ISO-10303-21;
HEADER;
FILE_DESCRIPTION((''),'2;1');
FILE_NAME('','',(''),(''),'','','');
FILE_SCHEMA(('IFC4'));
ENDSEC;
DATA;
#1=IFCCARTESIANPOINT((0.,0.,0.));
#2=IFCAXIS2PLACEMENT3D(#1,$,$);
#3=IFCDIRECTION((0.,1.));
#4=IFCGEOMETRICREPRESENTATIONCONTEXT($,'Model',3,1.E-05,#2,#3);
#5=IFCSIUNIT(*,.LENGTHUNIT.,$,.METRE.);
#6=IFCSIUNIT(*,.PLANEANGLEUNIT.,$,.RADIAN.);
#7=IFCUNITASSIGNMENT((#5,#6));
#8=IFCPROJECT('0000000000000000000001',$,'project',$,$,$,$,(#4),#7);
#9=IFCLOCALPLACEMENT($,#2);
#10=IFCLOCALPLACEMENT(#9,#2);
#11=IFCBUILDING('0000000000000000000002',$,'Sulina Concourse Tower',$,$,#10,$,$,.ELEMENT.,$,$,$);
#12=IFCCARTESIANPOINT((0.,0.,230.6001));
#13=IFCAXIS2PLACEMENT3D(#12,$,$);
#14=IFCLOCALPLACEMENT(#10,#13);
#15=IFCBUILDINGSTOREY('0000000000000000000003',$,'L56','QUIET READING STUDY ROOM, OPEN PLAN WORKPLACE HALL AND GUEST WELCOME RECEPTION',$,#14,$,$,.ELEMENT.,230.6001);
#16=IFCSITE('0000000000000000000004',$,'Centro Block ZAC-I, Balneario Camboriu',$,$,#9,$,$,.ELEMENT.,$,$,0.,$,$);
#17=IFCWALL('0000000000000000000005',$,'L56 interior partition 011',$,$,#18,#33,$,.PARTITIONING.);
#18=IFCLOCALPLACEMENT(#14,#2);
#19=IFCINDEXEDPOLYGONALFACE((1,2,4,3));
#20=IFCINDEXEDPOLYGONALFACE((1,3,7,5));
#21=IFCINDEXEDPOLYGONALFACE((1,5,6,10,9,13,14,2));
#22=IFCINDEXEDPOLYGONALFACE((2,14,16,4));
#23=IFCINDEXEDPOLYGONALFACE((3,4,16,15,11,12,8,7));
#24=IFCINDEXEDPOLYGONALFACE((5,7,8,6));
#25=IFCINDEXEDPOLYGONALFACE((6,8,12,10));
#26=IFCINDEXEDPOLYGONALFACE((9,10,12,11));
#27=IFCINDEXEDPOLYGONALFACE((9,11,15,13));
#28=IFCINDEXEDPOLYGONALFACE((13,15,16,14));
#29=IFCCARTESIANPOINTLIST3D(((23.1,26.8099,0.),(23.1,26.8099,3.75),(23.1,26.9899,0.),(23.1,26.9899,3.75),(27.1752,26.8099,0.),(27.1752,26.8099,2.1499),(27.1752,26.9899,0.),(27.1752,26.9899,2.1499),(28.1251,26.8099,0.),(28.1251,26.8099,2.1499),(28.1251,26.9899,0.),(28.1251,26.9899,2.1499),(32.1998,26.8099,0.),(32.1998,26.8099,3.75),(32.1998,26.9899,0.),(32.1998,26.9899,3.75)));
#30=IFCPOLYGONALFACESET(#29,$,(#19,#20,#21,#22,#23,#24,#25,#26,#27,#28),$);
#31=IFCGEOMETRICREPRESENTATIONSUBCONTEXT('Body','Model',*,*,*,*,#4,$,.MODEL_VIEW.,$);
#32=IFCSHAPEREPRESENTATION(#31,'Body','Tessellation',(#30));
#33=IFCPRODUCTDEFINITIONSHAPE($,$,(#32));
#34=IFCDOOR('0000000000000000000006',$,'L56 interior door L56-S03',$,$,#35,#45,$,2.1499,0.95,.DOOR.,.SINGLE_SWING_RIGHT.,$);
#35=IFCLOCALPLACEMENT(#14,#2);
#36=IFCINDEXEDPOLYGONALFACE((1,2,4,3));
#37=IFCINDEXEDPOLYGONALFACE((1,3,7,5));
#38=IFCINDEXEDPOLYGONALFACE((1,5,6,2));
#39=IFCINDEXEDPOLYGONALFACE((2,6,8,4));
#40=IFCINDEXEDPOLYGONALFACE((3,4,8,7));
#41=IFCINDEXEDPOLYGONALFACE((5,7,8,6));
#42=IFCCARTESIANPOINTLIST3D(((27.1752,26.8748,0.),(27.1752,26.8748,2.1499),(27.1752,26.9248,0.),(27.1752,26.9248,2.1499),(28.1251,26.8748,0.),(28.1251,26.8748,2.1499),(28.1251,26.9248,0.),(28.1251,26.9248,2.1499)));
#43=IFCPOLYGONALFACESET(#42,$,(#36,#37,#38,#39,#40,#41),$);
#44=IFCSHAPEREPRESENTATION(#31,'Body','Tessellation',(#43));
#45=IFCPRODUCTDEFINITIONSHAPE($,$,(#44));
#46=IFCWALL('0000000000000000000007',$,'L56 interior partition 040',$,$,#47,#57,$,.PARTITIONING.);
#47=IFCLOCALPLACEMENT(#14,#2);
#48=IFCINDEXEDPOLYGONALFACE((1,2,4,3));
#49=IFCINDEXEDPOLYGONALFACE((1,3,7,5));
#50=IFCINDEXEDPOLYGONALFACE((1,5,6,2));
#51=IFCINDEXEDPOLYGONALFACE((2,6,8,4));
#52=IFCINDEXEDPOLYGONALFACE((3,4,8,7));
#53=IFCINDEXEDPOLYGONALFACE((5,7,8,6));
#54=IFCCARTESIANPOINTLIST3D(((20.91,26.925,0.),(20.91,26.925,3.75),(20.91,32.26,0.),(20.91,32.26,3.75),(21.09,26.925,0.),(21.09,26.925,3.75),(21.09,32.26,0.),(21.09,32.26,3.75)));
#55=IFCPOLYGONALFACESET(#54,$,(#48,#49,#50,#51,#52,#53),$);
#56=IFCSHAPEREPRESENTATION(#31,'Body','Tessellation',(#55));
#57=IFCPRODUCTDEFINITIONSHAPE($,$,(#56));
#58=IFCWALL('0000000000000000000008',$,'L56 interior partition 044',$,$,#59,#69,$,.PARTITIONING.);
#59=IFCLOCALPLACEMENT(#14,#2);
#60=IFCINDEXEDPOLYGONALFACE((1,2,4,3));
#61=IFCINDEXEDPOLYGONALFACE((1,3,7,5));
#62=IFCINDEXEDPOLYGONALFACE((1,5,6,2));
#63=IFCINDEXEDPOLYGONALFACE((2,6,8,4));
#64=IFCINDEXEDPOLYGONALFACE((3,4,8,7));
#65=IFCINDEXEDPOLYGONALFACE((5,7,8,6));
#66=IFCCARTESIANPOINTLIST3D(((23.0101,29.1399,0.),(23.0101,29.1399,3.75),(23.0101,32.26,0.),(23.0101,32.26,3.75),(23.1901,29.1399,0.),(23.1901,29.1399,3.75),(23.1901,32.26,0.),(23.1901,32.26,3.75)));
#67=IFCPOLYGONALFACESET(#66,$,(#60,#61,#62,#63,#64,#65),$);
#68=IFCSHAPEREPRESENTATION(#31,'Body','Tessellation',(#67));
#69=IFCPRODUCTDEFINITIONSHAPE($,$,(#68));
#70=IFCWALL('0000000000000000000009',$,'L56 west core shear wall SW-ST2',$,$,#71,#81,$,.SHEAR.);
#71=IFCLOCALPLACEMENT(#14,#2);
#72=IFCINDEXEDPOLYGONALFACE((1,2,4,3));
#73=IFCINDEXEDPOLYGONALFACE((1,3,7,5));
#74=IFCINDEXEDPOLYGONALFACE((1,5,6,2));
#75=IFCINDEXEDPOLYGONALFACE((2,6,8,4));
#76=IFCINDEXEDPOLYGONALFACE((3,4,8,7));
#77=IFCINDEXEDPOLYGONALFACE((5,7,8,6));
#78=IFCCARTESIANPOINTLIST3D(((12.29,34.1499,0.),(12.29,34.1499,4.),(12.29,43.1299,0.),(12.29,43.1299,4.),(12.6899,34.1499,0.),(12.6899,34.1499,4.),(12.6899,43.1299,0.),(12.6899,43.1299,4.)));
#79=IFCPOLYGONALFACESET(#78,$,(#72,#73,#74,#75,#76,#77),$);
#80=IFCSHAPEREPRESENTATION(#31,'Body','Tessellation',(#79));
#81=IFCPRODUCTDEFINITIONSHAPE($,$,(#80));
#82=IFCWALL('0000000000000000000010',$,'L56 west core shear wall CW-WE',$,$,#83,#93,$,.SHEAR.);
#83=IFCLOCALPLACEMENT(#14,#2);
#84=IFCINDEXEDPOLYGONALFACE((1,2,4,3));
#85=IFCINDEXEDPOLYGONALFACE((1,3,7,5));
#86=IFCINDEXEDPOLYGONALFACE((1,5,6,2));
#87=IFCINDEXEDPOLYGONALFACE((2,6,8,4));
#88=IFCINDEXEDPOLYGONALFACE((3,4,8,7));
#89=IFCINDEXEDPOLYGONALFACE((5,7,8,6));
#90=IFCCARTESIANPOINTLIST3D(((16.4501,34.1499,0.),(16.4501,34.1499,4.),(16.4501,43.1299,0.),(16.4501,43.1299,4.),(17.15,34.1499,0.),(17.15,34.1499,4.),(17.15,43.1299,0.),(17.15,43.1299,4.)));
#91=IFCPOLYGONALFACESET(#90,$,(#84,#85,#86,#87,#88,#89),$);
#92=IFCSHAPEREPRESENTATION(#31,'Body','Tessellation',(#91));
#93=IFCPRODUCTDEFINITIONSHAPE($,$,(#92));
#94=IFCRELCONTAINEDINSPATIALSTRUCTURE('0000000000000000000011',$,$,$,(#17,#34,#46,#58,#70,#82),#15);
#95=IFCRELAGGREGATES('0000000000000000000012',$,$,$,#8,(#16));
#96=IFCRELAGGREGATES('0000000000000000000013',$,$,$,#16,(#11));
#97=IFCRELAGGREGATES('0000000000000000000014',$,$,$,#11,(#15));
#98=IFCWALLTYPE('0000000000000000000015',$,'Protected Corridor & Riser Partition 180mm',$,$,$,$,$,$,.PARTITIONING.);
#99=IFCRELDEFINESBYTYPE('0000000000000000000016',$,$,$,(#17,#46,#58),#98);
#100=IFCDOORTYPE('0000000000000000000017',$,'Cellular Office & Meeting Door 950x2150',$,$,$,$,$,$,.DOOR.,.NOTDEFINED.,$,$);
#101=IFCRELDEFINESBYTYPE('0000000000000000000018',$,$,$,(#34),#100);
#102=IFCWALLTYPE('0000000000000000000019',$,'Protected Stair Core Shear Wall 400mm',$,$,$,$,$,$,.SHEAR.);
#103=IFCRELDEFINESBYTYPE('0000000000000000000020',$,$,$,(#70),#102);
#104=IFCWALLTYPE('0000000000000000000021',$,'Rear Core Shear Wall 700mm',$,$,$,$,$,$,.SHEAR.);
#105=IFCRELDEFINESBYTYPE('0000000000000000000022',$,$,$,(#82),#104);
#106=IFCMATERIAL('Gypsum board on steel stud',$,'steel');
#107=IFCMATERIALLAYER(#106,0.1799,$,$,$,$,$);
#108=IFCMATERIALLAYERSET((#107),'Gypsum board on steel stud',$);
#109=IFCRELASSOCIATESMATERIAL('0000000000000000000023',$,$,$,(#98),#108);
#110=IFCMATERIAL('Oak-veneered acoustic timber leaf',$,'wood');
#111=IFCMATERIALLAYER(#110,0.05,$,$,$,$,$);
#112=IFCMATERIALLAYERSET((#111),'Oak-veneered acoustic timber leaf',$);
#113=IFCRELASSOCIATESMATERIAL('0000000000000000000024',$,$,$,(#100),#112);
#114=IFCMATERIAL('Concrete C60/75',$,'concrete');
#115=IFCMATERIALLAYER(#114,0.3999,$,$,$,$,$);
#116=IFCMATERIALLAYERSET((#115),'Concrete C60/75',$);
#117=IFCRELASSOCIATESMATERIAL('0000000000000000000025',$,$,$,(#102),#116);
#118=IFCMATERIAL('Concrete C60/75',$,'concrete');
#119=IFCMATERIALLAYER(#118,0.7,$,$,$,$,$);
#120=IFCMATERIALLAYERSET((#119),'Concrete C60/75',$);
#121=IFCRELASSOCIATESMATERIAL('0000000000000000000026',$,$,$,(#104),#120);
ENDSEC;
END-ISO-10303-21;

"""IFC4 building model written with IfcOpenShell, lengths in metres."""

from ifc_helpers import new_model, si_unit, direction, frame, frame_2d, origin, place, context, subcontext, project, spatial, rectangle, extrude, material, layer, layer_set, type_object, element, fill, save


model = new_model("IFC4")

# Units and contexts
model_context = context("Model", 3, precision=1e-05, world=origin(), true_north=direction((0.0, 1.0)))
body_context = subcontext(model_context, "Body", "Model", "MODEL_VIEW")
ifc_project = project(units=[si_unit("LENGTHUNIT", "METRE"), si_unit("PLANEANGLEUNIT", "RADIAN")], contexts=[model_context])

# Site, building, storey
site_placement = place(None, origin())
site = spatial("IfcSite", under=ifc_project, at=site_placement, Name="Centro Block ZAC-I, Balneario Camboriu", CompositionType="ELEMENT", RefElevation=0.0)
building_placement = place(site_placement, origin())
building = spatial("IfcBuilding", under=site, at=building_placement, Name="Sulina Concourse Tower", CompositionType="ELEMENT")
storey_placement = place(building_placement, frame((0.0, 0.0, 230.6001)))
storey = spatial("IfcBuildingStorey", under=building, at=storey_placement, Name="L56", Description="QUIET READING STUDY ROOM, OPEN PLAN WORKPLACE HALL AND GUEST WELCOME RECEPTION", CompositionType="ELEMENT", Elevation=230.6001)

# Wall, opening, door
ifc_material_1 = material(Name="Gypsum board on steel stud", Category="steel")
ifc_layer_1 = layer(ifc_material_1, 0.1799)
ifc_layer_set_1 = layer_set([ifc_layer_1], Name="Gypsum board on steel stud")
wall_type_1 = type_object("IfcWallType", Name="Protected Corridor & Riser Partition 180mm", PredefinedType="PARTITIONING", material=ifc_layer_set_1)
wall_1_placement = place(storey_placement, frame((23.1001, 26.8999, 0.0), z_axis=(0.0, 0.0, 1.0), x_axis=(1.0, 0.0, 0.0)))
wall_1 = element("IfcWall", 1, at=wall_1_placement, inside=storey, type_object=wall_type_1, Name="L56 interior partition 011", PredefinedType="PARTITIONING", context=body_context, shape_type="SweptSolid", body=[
    extrude(rectangle(XDim=9.0999, YDim=0.1799, at=frame_2d((4.5498, 0.0))), origin(), (0.0, 0.0, 1.0), 3.75),
])
opening_1_placement = place(wall_1_placement, frame((4.075, 0.0, 0.0)))
opening_1 = element("IfcOpeningElement", 2, at=opening_1_placement, cuts=wall_1, PredefinedType="OPENING", context=body_context, shape_type="SweptSolid", body=[
    extrude(rectangle(XDim=0.95, YDim=2.1499, at=frame_2d((0.4751, 1.075))), frame((0.0, 0.0999, 0.0), z_axis=(0.0, -1.0, 0.0), x_axis=(1.0, 0.0, 0.0)), (0.0, 0.0, 1.0), 0.2),
])
ifc_material_2 = material(Name="Oak-veneered acoustic timber leaf", Category="wood")
ifc_layer_2 = layer(ifc_material_2, 0.05)
ifc_layer_set_2 = layer_set([ifc_layer_2], Name="Oak-veneered acoustic timber leaf")
door_type_1 = type_object("IfcDoorType", Name="Cellular Office & Meeting Door 950x2150", OperationType="NOTDEFINED", PredefinedType="DOOR", material=ifc_layer_set_2)
door_1_placement = place(opening_1_placement, origin())
door_1 = element("IfcDoor", 3, at=door_1_placement, inside=storey, type_object=door_type_1, Name="L56 interior door L56-S03", OperationType="SINGLE_SWING_RIGHT", OverallHeight=2.1499, OverallWidth=0.95, PredefinedType="DOOR", context=body_context, shape_type="SweptSolid", body=[
    extrude(rectangle(XDim=0.95, YDim=2.1499, at=frame_2d((0.4751, 1.075))), frame((0.0, 0.0249, 0.0), z_axis=(0.0, -1.0, 0.0), x_axis=(1.0, 0.0, 0.0)), (0.0, 0.0, 1.0), 0.05),
])
fill(opening_1, door_1)

# Walls
wall_2_placement = place(storey_placement, frame((21.0, 26.925, 0.0), z_axis=(0.0, 0.0, 1.0), x_axis=(0.0, 1.0, 0.0)))
element("IfcWall", 4, at=wall_2_placement, inside=storey, type_object=wall_type_1, Name="L56 interior partition 040", PredefinedType="PARTITIONING", context=body_context, shape_type="SweptSolid", body=[
    extrude(rectangle(XDim=5.335, YDim=0.1799, at=frame_2d((2.6675, 0.0))), origin(), (0.0, 0.0, 1.0), 3.75),
])
wall_3_placement = place(storey_placement, frame((23.1001, 29.1399, 0.0), z_axis=(0.0, 0.0, 1.0), x_axis=(0.0, 1.0, 0.0)))
element("IfcWall", 5, at=wall_3_placement, inside=storey, type_object=wall_type_1, Name="L56 interior partition 044", PredefinedType="PARTITIONING", context=body_context, shape_type="SweptSolid", body=[
    extrude(rectangle(XDim=3.1201, YDim=0.1799, at=frame_2d((1.5601, 0.0))), origin(), (0.0, 0.0, 1.0), 3.75),
])
ifc_material_3 = material(Name="Concrete C60/75", Category="concrete")
ifc_layer_3 = layer(ifc_material_3, 0.3999)
ifc_layer_set_3 = layer_set([ifc_layer_3], Name="Concrete C60/75")
wall_type_2 = type_object("IfcWallType", Name="Protected Stair Core Shear Wall 400mm", PredefinedType="SHEAR", material=ifc_layer_set_3)
wall_4_placement = place(storey_placement, frame((12.49, 34.1499, 0.0), z_axis=(0.0, 0.0, 1.0), x_axis=(0.0, 1.0, 0.0)))
element("IfcWall", 6, at=wall_4_placement, inside=storey, type_object=wall_type_2, Name="L56 west core shear wall SW-ST2", PredefinedType="SHEAR", context=body_context, shape_type="SweptSolid", body=[
    extrude(rectangle(XDim=8.98, YDim=0.3999, at=frame_2d((4.49, 0.0))), origin(), (0.0, 0.0, 1.0), 4.0),
])
ifc_material_4 = material(Name="Concrete C60/75", Category="concrete")
ifc_layer_4 = layer(ifc_material_4, 0.7)
ifc_layer_set_4 = layer_set([ifc_layer_4], Name="Concrete C60/75")
wall_type_3 = type_object("IfcWallType", Name="Rear Core Shear Wall 700mm", PredefinedType="SHEAR", material=ifc_layer_set_4)
wall_5_placement = place(storey_placement, frame((16.8, 34.1499, 0.0), z_axis=(0.0, 0.0, 1.0), x_axis=(0.0, 1.0, 0.0)))
element("IfcWall", 7, at=wall_5_placement, inside=storey, type_object=wall_type_3, Name="L56 west core shear wall CW-WE", PredefinedType="SHEAR", context=body_context, shape_type="SweptSolid", body=[
    extrude(rectangle(XDim=8.98, YDim=0.7, at=frame_2d((4.49, 0.0))), origin(), (0.0, 0.0, 1.0), 4.0),
])

save(model, "model.ifc")
